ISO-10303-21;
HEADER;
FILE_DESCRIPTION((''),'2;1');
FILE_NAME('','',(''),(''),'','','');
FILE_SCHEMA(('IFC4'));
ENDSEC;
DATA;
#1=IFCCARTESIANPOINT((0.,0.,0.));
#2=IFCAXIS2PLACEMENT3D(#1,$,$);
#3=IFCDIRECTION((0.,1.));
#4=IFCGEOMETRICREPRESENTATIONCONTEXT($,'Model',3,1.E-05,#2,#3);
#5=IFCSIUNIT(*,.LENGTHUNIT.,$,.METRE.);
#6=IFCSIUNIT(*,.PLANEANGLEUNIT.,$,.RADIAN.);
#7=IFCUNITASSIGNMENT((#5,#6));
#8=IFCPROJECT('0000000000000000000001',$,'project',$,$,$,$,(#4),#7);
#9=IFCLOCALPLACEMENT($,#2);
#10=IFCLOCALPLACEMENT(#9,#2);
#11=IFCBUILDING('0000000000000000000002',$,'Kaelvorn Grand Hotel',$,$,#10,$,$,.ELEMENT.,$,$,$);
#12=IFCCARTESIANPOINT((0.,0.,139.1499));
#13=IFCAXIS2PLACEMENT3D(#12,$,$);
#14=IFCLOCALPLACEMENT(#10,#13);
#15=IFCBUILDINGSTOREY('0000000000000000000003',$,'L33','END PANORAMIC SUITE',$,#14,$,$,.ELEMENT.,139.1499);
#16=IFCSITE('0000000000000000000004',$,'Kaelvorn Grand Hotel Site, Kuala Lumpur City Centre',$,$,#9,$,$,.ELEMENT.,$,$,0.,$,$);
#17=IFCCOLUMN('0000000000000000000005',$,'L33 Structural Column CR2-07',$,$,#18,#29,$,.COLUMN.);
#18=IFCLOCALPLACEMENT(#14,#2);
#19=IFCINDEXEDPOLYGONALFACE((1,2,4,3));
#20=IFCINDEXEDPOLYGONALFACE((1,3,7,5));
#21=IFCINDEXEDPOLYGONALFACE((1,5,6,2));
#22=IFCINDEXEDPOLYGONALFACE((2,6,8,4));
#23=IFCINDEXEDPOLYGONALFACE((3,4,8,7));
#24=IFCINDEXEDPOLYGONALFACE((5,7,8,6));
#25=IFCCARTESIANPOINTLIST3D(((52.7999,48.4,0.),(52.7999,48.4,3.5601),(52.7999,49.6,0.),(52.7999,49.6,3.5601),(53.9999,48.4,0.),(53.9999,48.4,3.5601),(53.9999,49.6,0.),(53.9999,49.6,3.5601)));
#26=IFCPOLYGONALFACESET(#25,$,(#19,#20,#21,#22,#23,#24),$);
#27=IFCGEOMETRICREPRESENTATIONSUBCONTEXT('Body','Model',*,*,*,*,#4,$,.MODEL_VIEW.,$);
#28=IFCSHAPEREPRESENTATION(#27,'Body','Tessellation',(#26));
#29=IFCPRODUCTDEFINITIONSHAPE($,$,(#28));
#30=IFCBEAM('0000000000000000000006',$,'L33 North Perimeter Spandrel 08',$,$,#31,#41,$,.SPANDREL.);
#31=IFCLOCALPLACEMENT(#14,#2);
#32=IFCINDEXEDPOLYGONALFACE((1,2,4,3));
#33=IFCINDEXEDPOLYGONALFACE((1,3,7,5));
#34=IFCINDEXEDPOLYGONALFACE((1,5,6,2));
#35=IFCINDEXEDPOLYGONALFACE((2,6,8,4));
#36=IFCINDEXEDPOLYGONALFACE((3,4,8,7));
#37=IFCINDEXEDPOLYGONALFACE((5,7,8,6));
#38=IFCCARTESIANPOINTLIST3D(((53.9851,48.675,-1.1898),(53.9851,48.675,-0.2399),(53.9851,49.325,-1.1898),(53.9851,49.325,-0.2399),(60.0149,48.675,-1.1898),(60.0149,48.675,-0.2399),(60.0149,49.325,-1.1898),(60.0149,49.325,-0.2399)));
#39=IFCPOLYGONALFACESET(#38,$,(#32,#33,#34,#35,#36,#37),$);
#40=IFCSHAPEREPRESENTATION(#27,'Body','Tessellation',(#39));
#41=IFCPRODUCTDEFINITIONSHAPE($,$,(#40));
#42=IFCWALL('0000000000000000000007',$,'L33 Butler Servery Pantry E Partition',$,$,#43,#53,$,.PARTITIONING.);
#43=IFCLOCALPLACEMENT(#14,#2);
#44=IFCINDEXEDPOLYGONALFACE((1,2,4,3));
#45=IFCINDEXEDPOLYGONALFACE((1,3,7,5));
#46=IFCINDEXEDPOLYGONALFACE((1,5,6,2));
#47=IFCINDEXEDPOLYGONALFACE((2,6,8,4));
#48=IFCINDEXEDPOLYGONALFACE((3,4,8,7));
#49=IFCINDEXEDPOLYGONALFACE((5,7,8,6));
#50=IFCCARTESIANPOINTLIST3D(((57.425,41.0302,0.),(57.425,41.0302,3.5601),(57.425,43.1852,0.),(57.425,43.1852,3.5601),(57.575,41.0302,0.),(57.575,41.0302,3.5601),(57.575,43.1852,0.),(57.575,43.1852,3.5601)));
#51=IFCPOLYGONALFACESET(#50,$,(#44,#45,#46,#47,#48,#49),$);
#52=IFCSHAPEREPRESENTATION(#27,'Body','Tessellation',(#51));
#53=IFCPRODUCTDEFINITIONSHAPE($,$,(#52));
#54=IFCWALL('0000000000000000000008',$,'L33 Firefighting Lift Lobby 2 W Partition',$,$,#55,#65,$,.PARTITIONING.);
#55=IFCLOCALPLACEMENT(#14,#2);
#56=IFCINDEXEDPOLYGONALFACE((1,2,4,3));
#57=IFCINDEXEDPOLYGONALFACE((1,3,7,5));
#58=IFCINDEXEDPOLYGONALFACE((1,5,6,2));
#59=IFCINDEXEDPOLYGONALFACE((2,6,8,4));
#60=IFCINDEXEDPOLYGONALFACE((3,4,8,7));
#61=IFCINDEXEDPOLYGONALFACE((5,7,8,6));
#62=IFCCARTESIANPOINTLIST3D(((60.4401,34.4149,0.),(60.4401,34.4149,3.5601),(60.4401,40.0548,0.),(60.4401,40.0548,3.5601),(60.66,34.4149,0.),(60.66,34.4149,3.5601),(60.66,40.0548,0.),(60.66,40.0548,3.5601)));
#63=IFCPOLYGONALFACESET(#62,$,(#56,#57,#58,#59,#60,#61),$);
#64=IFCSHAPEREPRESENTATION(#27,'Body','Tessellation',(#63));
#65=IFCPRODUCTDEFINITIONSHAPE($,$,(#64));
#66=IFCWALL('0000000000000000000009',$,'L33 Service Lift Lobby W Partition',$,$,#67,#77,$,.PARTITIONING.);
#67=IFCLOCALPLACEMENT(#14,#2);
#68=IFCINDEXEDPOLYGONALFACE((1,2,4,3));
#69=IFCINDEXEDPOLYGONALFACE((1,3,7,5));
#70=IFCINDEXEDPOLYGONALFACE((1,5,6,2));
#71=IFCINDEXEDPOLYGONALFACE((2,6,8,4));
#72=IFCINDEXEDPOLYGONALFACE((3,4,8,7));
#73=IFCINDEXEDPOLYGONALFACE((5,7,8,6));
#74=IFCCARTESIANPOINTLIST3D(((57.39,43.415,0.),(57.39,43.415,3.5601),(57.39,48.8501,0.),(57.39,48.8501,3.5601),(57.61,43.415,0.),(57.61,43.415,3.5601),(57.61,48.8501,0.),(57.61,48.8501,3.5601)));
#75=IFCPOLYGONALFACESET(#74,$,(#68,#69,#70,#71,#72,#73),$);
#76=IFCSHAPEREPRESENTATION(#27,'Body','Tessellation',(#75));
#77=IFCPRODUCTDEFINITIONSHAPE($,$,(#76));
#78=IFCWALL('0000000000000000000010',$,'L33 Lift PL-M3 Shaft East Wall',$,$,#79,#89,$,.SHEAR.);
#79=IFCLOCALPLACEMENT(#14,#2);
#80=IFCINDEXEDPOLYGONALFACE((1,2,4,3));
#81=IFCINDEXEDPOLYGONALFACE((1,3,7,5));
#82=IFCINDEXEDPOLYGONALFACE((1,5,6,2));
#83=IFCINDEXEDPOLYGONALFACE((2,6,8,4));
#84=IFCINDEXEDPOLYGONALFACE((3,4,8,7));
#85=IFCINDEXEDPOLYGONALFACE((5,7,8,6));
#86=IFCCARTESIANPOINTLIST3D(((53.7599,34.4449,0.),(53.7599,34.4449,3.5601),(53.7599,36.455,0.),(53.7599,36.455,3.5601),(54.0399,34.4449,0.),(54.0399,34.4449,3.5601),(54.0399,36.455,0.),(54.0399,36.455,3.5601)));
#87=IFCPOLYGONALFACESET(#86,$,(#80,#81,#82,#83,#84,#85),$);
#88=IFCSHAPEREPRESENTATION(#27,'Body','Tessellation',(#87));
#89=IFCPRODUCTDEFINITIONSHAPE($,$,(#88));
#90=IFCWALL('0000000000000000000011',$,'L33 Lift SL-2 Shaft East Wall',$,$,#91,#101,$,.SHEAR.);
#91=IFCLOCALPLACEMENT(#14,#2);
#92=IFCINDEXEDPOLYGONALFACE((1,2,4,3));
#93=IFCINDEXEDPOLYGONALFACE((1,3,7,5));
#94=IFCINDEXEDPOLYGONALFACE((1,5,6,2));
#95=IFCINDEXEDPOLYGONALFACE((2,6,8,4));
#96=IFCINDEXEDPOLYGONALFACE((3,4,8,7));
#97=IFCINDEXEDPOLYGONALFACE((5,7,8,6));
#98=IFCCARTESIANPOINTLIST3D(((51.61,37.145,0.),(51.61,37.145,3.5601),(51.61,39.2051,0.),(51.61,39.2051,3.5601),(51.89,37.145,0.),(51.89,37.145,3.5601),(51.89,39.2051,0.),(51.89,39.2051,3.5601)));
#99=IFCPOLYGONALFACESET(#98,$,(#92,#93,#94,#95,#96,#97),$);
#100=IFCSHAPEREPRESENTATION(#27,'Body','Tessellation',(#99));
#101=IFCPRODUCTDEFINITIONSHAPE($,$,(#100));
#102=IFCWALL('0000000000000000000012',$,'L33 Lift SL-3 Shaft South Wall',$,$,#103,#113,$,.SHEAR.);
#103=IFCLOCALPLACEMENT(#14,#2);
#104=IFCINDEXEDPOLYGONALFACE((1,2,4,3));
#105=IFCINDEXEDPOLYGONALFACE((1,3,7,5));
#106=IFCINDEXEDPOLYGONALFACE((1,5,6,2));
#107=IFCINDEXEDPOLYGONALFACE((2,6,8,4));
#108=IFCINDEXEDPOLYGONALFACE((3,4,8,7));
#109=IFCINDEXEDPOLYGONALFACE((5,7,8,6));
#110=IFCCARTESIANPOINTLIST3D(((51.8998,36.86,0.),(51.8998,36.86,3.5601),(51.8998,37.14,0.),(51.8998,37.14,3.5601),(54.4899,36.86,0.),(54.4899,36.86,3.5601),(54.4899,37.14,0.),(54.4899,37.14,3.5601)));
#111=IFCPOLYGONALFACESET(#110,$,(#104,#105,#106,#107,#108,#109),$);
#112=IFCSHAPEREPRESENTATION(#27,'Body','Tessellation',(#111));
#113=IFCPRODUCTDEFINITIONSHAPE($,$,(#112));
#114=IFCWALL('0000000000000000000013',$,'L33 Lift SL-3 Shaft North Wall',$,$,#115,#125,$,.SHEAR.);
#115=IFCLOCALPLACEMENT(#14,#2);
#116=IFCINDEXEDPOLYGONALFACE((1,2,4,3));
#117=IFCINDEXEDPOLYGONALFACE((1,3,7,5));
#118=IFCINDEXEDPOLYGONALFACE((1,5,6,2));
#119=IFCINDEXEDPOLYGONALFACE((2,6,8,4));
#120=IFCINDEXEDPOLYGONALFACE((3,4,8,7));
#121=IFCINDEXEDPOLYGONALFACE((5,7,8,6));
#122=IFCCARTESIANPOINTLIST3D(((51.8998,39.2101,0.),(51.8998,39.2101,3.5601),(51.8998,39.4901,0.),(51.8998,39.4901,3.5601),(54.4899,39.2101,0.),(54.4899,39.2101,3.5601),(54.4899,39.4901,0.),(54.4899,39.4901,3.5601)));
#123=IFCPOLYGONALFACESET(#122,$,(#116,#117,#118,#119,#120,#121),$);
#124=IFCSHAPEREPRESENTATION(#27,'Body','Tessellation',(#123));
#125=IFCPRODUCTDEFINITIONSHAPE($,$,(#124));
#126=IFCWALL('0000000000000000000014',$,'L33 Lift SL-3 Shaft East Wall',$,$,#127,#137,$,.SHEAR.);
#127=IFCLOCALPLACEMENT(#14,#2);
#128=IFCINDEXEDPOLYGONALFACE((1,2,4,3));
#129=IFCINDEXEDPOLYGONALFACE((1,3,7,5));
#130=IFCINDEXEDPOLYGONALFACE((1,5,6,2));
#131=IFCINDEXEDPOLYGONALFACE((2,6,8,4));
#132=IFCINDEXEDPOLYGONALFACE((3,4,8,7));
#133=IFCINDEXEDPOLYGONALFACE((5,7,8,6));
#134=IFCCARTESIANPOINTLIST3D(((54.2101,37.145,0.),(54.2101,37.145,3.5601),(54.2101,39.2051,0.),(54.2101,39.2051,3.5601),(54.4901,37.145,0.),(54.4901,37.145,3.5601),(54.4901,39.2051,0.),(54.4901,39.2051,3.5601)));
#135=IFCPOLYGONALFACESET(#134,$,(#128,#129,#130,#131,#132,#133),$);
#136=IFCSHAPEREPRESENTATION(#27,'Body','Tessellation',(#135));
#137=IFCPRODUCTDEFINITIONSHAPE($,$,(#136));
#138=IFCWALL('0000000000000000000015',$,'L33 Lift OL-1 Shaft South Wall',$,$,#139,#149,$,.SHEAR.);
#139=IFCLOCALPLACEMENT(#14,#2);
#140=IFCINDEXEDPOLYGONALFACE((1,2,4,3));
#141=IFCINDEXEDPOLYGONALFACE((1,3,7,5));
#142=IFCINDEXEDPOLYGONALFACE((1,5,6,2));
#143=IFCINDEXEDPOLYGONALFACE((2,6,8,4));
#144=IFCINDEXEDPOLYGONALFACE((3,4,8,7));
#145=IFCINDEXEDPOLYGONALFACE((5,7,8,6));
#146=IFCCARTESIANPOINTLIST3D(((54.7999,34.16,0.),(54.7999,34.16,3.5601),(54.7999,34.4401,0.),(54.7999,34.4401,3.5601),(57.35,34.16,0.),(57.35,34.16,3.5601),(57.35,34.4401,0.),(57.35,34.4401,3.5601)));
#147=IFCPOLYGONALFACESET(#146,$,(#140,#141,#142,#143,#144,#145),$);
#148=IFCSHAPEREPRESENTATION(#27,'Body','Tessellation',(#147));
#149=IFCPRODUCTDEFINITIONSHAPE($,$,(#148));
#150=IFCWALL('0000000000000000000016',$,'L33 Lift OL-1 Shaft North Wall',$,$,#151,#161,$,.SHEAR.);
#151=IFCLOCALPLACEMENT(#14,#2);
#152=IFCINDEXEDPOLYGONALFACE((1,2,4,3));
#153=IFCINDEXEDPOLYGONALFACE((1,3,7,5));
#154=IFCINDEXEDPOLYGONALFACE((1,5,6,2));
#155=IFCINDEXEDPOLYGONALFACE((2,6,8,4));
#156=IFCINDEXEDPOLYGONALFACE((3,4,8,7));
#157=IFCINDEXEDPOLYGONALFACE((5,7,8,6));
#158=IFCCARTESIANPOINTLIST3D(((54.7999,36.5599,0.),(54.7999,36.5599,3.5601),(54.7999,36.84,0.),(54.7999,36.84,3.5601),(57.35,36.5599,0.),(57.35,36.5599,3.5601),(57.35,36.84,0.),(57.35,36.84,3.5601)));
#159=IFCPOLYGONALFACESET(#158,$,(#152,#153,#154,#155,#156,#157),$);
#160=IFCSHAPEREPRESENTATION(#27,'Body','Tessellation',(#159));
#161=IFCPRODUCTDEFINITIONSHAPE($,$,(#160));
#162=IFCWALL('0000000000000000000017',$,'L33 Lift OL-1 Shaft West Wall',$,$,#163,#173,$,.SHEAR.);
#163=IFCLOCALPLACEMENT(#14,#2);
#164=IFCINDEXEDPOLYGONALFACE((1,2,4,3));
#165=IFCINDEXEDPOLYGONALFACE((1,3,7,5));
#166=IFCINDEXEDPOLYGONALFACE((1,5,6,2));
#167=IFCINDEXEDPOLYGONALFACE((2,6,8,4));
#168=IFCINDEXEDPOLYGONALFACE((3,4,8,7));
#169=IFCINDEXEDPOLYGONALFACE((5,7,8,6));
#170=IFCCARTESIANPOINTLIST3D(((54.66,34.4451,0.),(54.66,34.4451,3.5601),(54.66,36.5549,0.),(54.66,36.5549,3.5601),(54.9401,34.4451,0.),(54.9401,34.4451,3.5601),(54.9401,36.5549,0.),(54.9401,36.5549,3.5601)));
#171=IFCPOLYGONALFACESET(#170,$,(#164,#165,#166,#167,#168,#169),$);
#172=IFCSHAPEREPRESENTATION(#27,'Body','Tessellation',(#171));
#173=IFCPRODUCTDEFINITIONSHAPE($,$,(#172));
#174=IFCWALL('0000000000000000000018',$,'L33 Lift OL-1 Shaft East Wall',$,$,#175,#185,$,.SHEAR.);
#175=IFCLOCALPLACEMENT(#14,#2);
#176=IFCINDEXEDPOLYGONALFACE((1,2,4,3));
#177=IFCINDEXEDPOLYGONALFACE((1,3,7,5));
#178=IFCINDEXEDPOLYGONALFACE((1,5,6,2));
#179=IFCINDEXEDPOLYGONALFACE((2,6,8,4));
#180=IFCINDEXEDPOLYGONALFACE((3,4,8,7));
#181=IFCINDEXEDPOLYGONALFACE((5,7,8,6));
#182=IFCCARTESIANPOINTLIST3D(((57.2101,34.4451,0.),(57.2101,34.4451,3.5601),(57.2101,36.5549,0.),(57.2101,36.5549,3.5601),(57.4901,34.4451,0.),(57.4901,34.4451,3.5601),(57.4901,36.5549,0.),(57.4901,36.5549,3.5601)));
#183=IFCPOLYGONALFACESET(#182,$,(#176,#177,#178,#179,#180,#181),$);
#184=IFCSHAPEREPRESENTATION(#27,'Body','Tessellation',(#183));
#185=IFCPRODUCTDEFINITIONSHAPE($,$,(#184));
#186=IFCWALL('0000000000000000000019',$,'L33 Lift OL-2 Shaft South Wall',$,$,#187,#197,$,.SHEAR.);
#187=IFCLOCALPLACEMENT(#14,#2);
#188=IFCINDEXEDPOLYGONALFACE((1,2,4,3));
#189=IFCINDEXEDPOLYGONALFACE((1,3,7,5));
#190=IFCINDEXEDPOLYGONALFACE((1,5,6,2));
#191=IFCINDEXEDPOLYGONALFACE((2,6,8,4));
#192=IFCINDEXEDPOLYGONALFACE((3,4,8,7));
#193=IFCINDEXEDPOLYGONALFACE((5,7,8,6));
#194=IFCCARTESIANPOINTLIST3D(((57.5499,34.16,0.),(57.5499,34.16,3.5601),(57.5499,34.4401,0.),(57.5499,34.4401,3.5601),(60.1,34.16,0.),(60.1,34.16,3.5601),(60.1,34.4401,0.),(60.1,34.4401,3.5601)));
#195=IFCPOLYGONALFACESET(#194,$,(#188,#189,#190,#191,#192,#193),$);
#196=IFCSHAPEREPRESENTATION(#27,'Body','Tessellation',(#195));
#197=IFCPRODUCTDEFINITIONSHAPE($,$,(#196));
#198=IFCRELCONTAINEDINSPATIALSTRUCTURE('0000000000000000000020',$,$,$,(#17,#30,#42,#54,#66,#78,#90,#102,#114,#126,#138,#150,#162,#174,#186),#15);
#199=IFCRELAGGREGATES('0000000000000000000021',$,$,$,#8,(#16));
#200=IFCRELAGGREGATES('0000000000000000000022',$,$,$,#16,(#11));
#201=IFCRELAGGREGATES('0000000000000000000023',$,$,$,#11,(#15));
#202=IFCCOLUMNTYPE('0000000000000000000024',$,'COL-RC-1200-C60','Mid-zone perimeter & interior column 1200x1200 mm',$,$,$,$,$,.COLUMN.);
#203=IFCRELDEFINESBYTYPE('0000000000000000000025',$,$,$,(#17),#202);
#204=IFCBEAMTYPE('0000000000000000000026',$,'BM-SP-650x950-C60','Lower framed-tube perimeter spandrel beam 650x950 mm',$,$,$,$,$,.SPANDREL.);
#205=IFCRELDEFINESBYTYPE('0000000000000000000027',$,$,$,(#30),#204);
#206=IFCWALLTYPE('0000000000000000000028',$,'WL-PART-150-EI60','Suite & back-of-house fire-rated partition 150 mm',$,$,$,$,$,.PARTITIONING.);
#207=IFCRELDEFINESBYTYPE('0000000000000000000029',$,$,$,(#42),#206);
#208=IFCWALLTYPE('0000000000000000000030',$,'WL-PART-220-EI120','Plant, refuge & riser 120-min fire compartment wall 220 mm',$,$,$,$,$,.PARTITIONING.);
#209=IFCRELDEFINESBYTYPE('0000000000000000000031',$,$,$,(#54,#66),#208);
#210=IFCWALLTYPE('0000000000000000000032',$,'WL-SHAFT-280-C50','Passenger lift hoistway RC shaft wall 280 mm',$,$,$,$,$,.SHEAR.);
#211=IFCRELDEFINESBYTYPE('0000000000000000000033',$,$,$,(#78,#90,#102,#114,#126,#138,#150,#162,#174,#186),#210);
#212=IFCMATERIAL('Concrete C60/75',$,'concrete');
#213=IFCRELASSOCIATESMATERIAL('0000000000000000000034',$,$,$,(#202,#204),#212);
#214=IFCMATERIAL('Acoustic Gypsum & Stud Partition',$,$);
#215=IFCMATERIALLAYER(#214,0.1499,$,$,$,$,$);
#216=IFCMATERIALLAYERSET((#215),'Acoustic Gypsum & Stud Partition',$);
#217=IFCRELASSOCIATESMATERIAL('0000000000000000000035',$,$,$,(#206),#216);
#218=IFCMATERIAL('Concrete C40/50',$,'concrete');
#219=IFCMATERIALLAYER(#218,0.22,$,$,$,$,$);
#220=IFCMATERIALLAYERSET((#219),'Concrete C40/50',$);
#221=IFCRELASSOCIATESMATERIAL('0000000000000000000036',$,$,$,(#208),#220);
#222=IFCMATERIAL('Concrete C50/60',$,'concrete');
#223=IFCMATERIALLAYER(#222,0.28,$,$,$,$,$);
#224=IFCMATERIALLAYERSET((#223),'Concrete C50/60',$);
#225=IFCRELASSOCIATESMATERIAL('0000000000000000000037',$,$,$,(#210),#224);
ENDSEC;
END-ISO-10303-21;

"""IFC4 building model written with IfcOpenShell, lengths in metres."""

from ifc_helpers import new_model, si_unit, direction, frame, frame_2d, origin, origin_2d, place, context, subcontext, project, spatial, rectangle, extrude, material, layer, layer_set, material_profile, profile_set, type_object, element, save


model = new_model("IFC4")

# Units and contexts
model_context = context("Model", 3, precision=1e-05, world=origin(), true_north=direction((0.0, 1.0)))
body_context = subcontext(model_context, "Body", "Model", "MODEL_VIEW")
ifc_project = project(units=[si_unit("LENGTHUNIT", "METRE"), si_unit("PLANEANGLEUNIT", "RADIAN")], contexts=[model_context])

# Site, building, storey
site_placement = place(None, origin())
site = spatial("IfcSite", under=ifc_project, at=site_placement, Name="Kaelvorn Grand Hotel Site, Kuala Lumpur City Centre", CompositionType="ELEMENT", RefElevation=0.0)
building_placement = place(site_placement, origin())
building = spatial("IfcBuilding", under=site, at=building_placement, Name="Kaelvorn Grand Hotel", CompositionType="ELEMENT")
storey_placement = place(building_placement, frame((0.0, 0.0, 139.1499)))
storey = spatial("IfcBuildingStorey", under=building, at=storey_placement, Name="L33", Description="END PANORAMIC SUITE", CompositionType="ELEMENT", Elevation=139.1499)

# Column
ifc_material_1 = material(Name="Concrete C60/75", Category="concrete")
ifc_material_profile_1 = material_profile(ifc_material_1, rectangle(XDim=1.2, YDim=1.2, at=origin_2d()), Name="RC COL 1200x1200")
ifc_profile_set_1 = profile_set([ifc_material_profile_1], Name="Concrete C60/75")
column_type = type_object("IfcColumnType", Name="COL-RC-1200-C60", Description="Mid-zone perimeter & interior column 1200x1200 mm", PredefinedType="COLUMN", material=ifc_profile_set_1)
column_placement = place(storey_placement, frame((53.3999, 49.0, 0.0), z_axis=(0.0, 0.0, 1.0), x_axis=(1.0, 0.0, 0.0)))
element("IfcColumn", 1, at=column_placement, inside=storey, type_object=column_type, Name="L33 Structural Column CR2-07", PredefinedType="COLUMN", context=body_context, shape_type="SweptSolid", body=[
    extrude(rectangle(XDim=1.2, YDim=1.2, at=origin_2d()), origin(), (0.0, 0.0, 1.0), 3.5601),
])

# Beam
ifc_material_profile_2 = material_profile(ifc_material_1, rectangle(XDim=0.6499, YDim=0.95, at=origin_2d()), Name="RC SPANDREL 650x950")
ifc_profile_set_2 = profile_set([ifc_material_profile_2], Name="Concrete C60/75")
beam_type = type_object("IfcBeamType", Name="BM-SP-650x950-C60", Description="Lower framed-tube perimeter spandrel beam 650x950 mm", PredefinedType="SPANDREL", material=ifc_profile_set_2)
beam_placement = place(storey_placement, frame((53.9851, 49.0, -0.7148), z_axis=(1.0, 0.0, 0.0), x_axis=(0.0, 1.0, 0.0)))
element("IfcBeam", 2, at=beam_placement, inside=storey, type_object=beam_type, Name="L33 North Perimeter Spandrel 08", PredefinedType="SPANDREL", context=body_context, shape_type="SweptSolid", body=[
    extrude(rectangle(XDim=0.6499, YDim=0.95, at=origin_2d()), origin(), (0.0, 0.0, 1.0), 6.0298),
])

# Wall
ifc_material_2 = material(Name="Acoustic Gypsum & Stud Partition")
ifc_layer_1 = layer(ifc_material_2, 0.1499)
ifc_layer_set_1 = layer_set([ifc_layer_1], Name="Acoustic Gypsum & Stud Partition")
wall_type_1 = type_object("IfcWallType", Name="WL-PART-150-EI60", Description="Suite & back-of-house fire-rated partition 150 mm", PredefinedType="PARTITIONING", material=ifc_layer_set_1)
wall_1_placement = place(storey_placement, frame((57.5, 41.03, 0.0), z_axis=(0.0, 0.0, 1.0), x_axis=(0.0, 1.0, 0.0)))
element("IfcWall", 3, at=wall_1_placement, inside=storey, type_object=wall_type_1, Name="L33 Butler Servery Pantry E Partition", PredefinedType="PARTITIONING", context=body_context, shape_type="SweptSolid", body=[
    extrude(rectangle(XDim=2.155, YDim=0.1499, at=frame_2d((1.0776, 0.0))), origin(), (0.0, 0.0, 1.0), 3.5601),
])

# Shared definitions
ifc_material_3 = material(Name="Concrete C40/50", Category="concrete")
ifc_layer_2 = layer(ifc_material_3, 0.22)
ifc_layer_set_2 = layer_set([ifc_layer_2], Name="Concrete C40/50")
wall_type_2 = type_object("IfcWallType", Name="WL-PART-220-EI120", Description="Plant, refuge & riser 120-min fire compartment wall 220 mm", PredefinedType="PARTITIONING", material=ifc_layer_set_2)

# Wall
wall_2_placement = place(storey_placement, frame((60.55, 34.415, 0.0), z_axis=(0.0, 0.0, 1.0), x_axis=(0.0, 1.0, 0.0)))
element("IfcWall", 4, at=wall_2_placement, inside=storey, type_object=wall_type_2, Name="L33 Firefighting Lift Lobby 2 W Partition", PredefinedType="PARTITIONING", context=body_context, shape_type="SweptSolid", body=[
    extrude(rectangle(XDim=5.6399, YDim=0.22, at=frame_2d((2.8198, 0.0))), origin(), (0.0, 0.0, 1.0), 3.5601),
])

# Walls
wall_3_placement = place(storey_placement, frame((57.5, 43.415, 0.0), z_axis=(0.0, 0.0, 1.0), x_axis=(0.0, 1.0, 0.0)))
element("IfcWall", 5, at=wall_3_placement, inside=storey, type_object=wall_type_2, Name="L33 Service Lift Lobby W Partition", PredefinedType="PARTITIONING", context=body_context, shape_type="SweptSolid", body=[
    extrude(rectangle(XDim=5.4351, YDim=0.22, at=frame_2d((2.7175, 0.0))), origin(), (0.0, 0.0, 1.0), 3.5601),
])
ifc_material_4 = material(Name="Concrete C50/60", Category="concrete")
ifc_layer_3 = layer(ifc_material_4, 0.28)
ifc_layer_set_3 = layer_set([ifc_layer_3], Name="Concrete C50/60")
wall_type_3 = type_object("IfcWallType", Name="WL-SHAFT-280-C50", Description="Passenger lift hoistway RC shaft wall 280 mm", PredefinedType="SHEAR", material=ifc_layer_set_3)
wall_4_placement = place(storey_placement, frame((53.8999, 34.4451, 0.0), z_axis=(0.0, 0.0, 1.0), x_axis=(0.0, 1.0, 0.0)))
element("IfcWall", 6, at=wall_4_placement, inside=storey, type_object=wall_type_3, Name="L33 Lift PL-M3 Shaft East Wall", PredefinedType="SHEAR", context=body_context, shape_type="SweptSolid", body=[
    extrude(rectangle(XDim=2.01, YDim=0.28, at=frame_2d((1.0049, 0.0))), origin(), (0.0, 0.0, 1.0), 3.5601),
])
wall_5_placement = place(storey_placement, frame((51.75, 37.145, 0.0), z_axis=(0.0, 0.0, 1.0), x_axis=(0.0, 1.0, 0.0)))
element("IfcWall", 7, at=wall_5_placement, inside=storey, type_object=wall_type_3, Name="L33 Lift SL-2 Shaft East Wall", PredefinedType="SHEAR", context=body_context, shape_type="SweptSolid", body=[
    extrude(rectangle(XDim=2.0601, YDim=0.28, at=frame_2d((1.03, 0.0))), origin(), (0.0, 0.0, 1.0), 3.5601),
])
for number, where, z_axis, x_axis, name in (
    (8, (51.8999, 37.0, 0.0), (0.0, 0.0, 1.0), (1.0, 0.0, 0.0), "L33 Lift SL-3 Shaft South Wall"),
    (9, (51.8999, 39.3501, 0.0), (0.0, 0.0, 1.0), (1.0, 0.0, 0.0), "L33 Lift SL-3 Shaft North Wall"),
):
    element("IfcWall", number, at=place(storey_placement, frame(where, z_axis=z_axis, x_axis=x_axis)), inside=storey, type_object=wall_type_3, Name=name, PredefinedType="SHEAR", context=body_context, shape_type="SweptSolid", body=[
        extrude(rectangle(XDim=2.5901, YDim=0.28, at=frame_2d((1.2949, 0.0))), origin(), (0.0, 0.0, 1.0), 3.5601),
    ])
wall_6_placement = place(storey_placement, frame((54.3501, 37.145, 0.0), z_axis=(0.0, 0.0, 1.0), x_axis=(0.0, 1.0, 0.0)))
element("IfcWall", 10, at=wall_6_placement, inside=storey, type_object=wall_type_3, Name="L33 Lift SL-3 Shaft East Wall", PredefinedType="SHEAR", context=body_context, shape_type="SweptSolid", body=[
    extrude(rectangle(XDim=2.0601, YDim=0.28, at=frame_2d((1.03, 0.0))), origin(), (0.0, 0.0, 1.0), 3.5601),
])
for number, where, z_axis, x_axis, name in (
    (11, (54.8, 34.3, 0.0), (0.0, 0.0, 1.0), (1.0, 0.0, 0.0), "L33 Lift OL-1 Shaft South Wall"),
    (12, (54.8, 36.7, 0.0), (0.0, 0.0, 1.0), (1.0, 0.0, 0.0), "L33 Lift OL-1 Shaft North Wall"),
):
    element("IfcWall", number, at=place(storey_placement, frame(where, z_axis=z_axis, x_axis=x_axis)), inside=storey, type_object=wall_type_3, Name=name, PredefinedType="SHEAR", context=body_context, shape_type="SweptSolid", body=[
        extrude(rectangle(XDim=2.55, YDim=0.28, at=frame_2d((1.2749, 0.0))), origin(), (0.0, 0.0, 1.0), 3.5601),
    ])
for number, where, z_axis, x_axis, name in (
    (13, (54.8, 34.4451, 0.0), (0.0, 0.0, 1.0), (0.0, 1.0, 0.0), "L33 Lift OL-1 Shaft West Wall"),
    (14, (57.3501, 34.4451, 0.0), (0.0, 0.0, 1.0), (0.0, 1.0, 0.0), "L33 Lift OL-1 Shaft East Wall"),
):
    element("IfcWall", number, at=place(storey_placement, frame(where, z_axis=z_axis, x_axis=x_axis)), inside=storey, type_object=wall_type_3, Name=name, PredefinedType="SHEAR", context=body_context, shape_type="SweptSolid", body=[
        extrude(rectangle(XDim=2.1099, YDim=0.28, at=frame_2d((1.0549, 0.0))), origin(), (0.0, 0.0, 1.0), 3.5601),
    ])
for number, where, z_axis, x_axis, name in (
    (15, (57.55, 34.3, 0.0), (0.0, 0.0, 1.0), (1.0, 0.0, 0.0), "L33 Lift OL-2 Shaft South Wall"),
):
    element("IfcWall", number, at=place(storey_placement, frame(where, z_axis=z_axis, x_axis=x_axis)), inside=storey, type_object=wall_type_3, Name=name, PredefinedType="SHEAR", context=body_context, shape_type="SweptSolid", body=[
        extrude(rectangle(XDim=2.55, YDim=0.28, at=frame_2d((1.2749, 0.0))), origin(), (0.0, 0.0, 1.0), 3.5601),
    ])

save(model, "model.ifc")
